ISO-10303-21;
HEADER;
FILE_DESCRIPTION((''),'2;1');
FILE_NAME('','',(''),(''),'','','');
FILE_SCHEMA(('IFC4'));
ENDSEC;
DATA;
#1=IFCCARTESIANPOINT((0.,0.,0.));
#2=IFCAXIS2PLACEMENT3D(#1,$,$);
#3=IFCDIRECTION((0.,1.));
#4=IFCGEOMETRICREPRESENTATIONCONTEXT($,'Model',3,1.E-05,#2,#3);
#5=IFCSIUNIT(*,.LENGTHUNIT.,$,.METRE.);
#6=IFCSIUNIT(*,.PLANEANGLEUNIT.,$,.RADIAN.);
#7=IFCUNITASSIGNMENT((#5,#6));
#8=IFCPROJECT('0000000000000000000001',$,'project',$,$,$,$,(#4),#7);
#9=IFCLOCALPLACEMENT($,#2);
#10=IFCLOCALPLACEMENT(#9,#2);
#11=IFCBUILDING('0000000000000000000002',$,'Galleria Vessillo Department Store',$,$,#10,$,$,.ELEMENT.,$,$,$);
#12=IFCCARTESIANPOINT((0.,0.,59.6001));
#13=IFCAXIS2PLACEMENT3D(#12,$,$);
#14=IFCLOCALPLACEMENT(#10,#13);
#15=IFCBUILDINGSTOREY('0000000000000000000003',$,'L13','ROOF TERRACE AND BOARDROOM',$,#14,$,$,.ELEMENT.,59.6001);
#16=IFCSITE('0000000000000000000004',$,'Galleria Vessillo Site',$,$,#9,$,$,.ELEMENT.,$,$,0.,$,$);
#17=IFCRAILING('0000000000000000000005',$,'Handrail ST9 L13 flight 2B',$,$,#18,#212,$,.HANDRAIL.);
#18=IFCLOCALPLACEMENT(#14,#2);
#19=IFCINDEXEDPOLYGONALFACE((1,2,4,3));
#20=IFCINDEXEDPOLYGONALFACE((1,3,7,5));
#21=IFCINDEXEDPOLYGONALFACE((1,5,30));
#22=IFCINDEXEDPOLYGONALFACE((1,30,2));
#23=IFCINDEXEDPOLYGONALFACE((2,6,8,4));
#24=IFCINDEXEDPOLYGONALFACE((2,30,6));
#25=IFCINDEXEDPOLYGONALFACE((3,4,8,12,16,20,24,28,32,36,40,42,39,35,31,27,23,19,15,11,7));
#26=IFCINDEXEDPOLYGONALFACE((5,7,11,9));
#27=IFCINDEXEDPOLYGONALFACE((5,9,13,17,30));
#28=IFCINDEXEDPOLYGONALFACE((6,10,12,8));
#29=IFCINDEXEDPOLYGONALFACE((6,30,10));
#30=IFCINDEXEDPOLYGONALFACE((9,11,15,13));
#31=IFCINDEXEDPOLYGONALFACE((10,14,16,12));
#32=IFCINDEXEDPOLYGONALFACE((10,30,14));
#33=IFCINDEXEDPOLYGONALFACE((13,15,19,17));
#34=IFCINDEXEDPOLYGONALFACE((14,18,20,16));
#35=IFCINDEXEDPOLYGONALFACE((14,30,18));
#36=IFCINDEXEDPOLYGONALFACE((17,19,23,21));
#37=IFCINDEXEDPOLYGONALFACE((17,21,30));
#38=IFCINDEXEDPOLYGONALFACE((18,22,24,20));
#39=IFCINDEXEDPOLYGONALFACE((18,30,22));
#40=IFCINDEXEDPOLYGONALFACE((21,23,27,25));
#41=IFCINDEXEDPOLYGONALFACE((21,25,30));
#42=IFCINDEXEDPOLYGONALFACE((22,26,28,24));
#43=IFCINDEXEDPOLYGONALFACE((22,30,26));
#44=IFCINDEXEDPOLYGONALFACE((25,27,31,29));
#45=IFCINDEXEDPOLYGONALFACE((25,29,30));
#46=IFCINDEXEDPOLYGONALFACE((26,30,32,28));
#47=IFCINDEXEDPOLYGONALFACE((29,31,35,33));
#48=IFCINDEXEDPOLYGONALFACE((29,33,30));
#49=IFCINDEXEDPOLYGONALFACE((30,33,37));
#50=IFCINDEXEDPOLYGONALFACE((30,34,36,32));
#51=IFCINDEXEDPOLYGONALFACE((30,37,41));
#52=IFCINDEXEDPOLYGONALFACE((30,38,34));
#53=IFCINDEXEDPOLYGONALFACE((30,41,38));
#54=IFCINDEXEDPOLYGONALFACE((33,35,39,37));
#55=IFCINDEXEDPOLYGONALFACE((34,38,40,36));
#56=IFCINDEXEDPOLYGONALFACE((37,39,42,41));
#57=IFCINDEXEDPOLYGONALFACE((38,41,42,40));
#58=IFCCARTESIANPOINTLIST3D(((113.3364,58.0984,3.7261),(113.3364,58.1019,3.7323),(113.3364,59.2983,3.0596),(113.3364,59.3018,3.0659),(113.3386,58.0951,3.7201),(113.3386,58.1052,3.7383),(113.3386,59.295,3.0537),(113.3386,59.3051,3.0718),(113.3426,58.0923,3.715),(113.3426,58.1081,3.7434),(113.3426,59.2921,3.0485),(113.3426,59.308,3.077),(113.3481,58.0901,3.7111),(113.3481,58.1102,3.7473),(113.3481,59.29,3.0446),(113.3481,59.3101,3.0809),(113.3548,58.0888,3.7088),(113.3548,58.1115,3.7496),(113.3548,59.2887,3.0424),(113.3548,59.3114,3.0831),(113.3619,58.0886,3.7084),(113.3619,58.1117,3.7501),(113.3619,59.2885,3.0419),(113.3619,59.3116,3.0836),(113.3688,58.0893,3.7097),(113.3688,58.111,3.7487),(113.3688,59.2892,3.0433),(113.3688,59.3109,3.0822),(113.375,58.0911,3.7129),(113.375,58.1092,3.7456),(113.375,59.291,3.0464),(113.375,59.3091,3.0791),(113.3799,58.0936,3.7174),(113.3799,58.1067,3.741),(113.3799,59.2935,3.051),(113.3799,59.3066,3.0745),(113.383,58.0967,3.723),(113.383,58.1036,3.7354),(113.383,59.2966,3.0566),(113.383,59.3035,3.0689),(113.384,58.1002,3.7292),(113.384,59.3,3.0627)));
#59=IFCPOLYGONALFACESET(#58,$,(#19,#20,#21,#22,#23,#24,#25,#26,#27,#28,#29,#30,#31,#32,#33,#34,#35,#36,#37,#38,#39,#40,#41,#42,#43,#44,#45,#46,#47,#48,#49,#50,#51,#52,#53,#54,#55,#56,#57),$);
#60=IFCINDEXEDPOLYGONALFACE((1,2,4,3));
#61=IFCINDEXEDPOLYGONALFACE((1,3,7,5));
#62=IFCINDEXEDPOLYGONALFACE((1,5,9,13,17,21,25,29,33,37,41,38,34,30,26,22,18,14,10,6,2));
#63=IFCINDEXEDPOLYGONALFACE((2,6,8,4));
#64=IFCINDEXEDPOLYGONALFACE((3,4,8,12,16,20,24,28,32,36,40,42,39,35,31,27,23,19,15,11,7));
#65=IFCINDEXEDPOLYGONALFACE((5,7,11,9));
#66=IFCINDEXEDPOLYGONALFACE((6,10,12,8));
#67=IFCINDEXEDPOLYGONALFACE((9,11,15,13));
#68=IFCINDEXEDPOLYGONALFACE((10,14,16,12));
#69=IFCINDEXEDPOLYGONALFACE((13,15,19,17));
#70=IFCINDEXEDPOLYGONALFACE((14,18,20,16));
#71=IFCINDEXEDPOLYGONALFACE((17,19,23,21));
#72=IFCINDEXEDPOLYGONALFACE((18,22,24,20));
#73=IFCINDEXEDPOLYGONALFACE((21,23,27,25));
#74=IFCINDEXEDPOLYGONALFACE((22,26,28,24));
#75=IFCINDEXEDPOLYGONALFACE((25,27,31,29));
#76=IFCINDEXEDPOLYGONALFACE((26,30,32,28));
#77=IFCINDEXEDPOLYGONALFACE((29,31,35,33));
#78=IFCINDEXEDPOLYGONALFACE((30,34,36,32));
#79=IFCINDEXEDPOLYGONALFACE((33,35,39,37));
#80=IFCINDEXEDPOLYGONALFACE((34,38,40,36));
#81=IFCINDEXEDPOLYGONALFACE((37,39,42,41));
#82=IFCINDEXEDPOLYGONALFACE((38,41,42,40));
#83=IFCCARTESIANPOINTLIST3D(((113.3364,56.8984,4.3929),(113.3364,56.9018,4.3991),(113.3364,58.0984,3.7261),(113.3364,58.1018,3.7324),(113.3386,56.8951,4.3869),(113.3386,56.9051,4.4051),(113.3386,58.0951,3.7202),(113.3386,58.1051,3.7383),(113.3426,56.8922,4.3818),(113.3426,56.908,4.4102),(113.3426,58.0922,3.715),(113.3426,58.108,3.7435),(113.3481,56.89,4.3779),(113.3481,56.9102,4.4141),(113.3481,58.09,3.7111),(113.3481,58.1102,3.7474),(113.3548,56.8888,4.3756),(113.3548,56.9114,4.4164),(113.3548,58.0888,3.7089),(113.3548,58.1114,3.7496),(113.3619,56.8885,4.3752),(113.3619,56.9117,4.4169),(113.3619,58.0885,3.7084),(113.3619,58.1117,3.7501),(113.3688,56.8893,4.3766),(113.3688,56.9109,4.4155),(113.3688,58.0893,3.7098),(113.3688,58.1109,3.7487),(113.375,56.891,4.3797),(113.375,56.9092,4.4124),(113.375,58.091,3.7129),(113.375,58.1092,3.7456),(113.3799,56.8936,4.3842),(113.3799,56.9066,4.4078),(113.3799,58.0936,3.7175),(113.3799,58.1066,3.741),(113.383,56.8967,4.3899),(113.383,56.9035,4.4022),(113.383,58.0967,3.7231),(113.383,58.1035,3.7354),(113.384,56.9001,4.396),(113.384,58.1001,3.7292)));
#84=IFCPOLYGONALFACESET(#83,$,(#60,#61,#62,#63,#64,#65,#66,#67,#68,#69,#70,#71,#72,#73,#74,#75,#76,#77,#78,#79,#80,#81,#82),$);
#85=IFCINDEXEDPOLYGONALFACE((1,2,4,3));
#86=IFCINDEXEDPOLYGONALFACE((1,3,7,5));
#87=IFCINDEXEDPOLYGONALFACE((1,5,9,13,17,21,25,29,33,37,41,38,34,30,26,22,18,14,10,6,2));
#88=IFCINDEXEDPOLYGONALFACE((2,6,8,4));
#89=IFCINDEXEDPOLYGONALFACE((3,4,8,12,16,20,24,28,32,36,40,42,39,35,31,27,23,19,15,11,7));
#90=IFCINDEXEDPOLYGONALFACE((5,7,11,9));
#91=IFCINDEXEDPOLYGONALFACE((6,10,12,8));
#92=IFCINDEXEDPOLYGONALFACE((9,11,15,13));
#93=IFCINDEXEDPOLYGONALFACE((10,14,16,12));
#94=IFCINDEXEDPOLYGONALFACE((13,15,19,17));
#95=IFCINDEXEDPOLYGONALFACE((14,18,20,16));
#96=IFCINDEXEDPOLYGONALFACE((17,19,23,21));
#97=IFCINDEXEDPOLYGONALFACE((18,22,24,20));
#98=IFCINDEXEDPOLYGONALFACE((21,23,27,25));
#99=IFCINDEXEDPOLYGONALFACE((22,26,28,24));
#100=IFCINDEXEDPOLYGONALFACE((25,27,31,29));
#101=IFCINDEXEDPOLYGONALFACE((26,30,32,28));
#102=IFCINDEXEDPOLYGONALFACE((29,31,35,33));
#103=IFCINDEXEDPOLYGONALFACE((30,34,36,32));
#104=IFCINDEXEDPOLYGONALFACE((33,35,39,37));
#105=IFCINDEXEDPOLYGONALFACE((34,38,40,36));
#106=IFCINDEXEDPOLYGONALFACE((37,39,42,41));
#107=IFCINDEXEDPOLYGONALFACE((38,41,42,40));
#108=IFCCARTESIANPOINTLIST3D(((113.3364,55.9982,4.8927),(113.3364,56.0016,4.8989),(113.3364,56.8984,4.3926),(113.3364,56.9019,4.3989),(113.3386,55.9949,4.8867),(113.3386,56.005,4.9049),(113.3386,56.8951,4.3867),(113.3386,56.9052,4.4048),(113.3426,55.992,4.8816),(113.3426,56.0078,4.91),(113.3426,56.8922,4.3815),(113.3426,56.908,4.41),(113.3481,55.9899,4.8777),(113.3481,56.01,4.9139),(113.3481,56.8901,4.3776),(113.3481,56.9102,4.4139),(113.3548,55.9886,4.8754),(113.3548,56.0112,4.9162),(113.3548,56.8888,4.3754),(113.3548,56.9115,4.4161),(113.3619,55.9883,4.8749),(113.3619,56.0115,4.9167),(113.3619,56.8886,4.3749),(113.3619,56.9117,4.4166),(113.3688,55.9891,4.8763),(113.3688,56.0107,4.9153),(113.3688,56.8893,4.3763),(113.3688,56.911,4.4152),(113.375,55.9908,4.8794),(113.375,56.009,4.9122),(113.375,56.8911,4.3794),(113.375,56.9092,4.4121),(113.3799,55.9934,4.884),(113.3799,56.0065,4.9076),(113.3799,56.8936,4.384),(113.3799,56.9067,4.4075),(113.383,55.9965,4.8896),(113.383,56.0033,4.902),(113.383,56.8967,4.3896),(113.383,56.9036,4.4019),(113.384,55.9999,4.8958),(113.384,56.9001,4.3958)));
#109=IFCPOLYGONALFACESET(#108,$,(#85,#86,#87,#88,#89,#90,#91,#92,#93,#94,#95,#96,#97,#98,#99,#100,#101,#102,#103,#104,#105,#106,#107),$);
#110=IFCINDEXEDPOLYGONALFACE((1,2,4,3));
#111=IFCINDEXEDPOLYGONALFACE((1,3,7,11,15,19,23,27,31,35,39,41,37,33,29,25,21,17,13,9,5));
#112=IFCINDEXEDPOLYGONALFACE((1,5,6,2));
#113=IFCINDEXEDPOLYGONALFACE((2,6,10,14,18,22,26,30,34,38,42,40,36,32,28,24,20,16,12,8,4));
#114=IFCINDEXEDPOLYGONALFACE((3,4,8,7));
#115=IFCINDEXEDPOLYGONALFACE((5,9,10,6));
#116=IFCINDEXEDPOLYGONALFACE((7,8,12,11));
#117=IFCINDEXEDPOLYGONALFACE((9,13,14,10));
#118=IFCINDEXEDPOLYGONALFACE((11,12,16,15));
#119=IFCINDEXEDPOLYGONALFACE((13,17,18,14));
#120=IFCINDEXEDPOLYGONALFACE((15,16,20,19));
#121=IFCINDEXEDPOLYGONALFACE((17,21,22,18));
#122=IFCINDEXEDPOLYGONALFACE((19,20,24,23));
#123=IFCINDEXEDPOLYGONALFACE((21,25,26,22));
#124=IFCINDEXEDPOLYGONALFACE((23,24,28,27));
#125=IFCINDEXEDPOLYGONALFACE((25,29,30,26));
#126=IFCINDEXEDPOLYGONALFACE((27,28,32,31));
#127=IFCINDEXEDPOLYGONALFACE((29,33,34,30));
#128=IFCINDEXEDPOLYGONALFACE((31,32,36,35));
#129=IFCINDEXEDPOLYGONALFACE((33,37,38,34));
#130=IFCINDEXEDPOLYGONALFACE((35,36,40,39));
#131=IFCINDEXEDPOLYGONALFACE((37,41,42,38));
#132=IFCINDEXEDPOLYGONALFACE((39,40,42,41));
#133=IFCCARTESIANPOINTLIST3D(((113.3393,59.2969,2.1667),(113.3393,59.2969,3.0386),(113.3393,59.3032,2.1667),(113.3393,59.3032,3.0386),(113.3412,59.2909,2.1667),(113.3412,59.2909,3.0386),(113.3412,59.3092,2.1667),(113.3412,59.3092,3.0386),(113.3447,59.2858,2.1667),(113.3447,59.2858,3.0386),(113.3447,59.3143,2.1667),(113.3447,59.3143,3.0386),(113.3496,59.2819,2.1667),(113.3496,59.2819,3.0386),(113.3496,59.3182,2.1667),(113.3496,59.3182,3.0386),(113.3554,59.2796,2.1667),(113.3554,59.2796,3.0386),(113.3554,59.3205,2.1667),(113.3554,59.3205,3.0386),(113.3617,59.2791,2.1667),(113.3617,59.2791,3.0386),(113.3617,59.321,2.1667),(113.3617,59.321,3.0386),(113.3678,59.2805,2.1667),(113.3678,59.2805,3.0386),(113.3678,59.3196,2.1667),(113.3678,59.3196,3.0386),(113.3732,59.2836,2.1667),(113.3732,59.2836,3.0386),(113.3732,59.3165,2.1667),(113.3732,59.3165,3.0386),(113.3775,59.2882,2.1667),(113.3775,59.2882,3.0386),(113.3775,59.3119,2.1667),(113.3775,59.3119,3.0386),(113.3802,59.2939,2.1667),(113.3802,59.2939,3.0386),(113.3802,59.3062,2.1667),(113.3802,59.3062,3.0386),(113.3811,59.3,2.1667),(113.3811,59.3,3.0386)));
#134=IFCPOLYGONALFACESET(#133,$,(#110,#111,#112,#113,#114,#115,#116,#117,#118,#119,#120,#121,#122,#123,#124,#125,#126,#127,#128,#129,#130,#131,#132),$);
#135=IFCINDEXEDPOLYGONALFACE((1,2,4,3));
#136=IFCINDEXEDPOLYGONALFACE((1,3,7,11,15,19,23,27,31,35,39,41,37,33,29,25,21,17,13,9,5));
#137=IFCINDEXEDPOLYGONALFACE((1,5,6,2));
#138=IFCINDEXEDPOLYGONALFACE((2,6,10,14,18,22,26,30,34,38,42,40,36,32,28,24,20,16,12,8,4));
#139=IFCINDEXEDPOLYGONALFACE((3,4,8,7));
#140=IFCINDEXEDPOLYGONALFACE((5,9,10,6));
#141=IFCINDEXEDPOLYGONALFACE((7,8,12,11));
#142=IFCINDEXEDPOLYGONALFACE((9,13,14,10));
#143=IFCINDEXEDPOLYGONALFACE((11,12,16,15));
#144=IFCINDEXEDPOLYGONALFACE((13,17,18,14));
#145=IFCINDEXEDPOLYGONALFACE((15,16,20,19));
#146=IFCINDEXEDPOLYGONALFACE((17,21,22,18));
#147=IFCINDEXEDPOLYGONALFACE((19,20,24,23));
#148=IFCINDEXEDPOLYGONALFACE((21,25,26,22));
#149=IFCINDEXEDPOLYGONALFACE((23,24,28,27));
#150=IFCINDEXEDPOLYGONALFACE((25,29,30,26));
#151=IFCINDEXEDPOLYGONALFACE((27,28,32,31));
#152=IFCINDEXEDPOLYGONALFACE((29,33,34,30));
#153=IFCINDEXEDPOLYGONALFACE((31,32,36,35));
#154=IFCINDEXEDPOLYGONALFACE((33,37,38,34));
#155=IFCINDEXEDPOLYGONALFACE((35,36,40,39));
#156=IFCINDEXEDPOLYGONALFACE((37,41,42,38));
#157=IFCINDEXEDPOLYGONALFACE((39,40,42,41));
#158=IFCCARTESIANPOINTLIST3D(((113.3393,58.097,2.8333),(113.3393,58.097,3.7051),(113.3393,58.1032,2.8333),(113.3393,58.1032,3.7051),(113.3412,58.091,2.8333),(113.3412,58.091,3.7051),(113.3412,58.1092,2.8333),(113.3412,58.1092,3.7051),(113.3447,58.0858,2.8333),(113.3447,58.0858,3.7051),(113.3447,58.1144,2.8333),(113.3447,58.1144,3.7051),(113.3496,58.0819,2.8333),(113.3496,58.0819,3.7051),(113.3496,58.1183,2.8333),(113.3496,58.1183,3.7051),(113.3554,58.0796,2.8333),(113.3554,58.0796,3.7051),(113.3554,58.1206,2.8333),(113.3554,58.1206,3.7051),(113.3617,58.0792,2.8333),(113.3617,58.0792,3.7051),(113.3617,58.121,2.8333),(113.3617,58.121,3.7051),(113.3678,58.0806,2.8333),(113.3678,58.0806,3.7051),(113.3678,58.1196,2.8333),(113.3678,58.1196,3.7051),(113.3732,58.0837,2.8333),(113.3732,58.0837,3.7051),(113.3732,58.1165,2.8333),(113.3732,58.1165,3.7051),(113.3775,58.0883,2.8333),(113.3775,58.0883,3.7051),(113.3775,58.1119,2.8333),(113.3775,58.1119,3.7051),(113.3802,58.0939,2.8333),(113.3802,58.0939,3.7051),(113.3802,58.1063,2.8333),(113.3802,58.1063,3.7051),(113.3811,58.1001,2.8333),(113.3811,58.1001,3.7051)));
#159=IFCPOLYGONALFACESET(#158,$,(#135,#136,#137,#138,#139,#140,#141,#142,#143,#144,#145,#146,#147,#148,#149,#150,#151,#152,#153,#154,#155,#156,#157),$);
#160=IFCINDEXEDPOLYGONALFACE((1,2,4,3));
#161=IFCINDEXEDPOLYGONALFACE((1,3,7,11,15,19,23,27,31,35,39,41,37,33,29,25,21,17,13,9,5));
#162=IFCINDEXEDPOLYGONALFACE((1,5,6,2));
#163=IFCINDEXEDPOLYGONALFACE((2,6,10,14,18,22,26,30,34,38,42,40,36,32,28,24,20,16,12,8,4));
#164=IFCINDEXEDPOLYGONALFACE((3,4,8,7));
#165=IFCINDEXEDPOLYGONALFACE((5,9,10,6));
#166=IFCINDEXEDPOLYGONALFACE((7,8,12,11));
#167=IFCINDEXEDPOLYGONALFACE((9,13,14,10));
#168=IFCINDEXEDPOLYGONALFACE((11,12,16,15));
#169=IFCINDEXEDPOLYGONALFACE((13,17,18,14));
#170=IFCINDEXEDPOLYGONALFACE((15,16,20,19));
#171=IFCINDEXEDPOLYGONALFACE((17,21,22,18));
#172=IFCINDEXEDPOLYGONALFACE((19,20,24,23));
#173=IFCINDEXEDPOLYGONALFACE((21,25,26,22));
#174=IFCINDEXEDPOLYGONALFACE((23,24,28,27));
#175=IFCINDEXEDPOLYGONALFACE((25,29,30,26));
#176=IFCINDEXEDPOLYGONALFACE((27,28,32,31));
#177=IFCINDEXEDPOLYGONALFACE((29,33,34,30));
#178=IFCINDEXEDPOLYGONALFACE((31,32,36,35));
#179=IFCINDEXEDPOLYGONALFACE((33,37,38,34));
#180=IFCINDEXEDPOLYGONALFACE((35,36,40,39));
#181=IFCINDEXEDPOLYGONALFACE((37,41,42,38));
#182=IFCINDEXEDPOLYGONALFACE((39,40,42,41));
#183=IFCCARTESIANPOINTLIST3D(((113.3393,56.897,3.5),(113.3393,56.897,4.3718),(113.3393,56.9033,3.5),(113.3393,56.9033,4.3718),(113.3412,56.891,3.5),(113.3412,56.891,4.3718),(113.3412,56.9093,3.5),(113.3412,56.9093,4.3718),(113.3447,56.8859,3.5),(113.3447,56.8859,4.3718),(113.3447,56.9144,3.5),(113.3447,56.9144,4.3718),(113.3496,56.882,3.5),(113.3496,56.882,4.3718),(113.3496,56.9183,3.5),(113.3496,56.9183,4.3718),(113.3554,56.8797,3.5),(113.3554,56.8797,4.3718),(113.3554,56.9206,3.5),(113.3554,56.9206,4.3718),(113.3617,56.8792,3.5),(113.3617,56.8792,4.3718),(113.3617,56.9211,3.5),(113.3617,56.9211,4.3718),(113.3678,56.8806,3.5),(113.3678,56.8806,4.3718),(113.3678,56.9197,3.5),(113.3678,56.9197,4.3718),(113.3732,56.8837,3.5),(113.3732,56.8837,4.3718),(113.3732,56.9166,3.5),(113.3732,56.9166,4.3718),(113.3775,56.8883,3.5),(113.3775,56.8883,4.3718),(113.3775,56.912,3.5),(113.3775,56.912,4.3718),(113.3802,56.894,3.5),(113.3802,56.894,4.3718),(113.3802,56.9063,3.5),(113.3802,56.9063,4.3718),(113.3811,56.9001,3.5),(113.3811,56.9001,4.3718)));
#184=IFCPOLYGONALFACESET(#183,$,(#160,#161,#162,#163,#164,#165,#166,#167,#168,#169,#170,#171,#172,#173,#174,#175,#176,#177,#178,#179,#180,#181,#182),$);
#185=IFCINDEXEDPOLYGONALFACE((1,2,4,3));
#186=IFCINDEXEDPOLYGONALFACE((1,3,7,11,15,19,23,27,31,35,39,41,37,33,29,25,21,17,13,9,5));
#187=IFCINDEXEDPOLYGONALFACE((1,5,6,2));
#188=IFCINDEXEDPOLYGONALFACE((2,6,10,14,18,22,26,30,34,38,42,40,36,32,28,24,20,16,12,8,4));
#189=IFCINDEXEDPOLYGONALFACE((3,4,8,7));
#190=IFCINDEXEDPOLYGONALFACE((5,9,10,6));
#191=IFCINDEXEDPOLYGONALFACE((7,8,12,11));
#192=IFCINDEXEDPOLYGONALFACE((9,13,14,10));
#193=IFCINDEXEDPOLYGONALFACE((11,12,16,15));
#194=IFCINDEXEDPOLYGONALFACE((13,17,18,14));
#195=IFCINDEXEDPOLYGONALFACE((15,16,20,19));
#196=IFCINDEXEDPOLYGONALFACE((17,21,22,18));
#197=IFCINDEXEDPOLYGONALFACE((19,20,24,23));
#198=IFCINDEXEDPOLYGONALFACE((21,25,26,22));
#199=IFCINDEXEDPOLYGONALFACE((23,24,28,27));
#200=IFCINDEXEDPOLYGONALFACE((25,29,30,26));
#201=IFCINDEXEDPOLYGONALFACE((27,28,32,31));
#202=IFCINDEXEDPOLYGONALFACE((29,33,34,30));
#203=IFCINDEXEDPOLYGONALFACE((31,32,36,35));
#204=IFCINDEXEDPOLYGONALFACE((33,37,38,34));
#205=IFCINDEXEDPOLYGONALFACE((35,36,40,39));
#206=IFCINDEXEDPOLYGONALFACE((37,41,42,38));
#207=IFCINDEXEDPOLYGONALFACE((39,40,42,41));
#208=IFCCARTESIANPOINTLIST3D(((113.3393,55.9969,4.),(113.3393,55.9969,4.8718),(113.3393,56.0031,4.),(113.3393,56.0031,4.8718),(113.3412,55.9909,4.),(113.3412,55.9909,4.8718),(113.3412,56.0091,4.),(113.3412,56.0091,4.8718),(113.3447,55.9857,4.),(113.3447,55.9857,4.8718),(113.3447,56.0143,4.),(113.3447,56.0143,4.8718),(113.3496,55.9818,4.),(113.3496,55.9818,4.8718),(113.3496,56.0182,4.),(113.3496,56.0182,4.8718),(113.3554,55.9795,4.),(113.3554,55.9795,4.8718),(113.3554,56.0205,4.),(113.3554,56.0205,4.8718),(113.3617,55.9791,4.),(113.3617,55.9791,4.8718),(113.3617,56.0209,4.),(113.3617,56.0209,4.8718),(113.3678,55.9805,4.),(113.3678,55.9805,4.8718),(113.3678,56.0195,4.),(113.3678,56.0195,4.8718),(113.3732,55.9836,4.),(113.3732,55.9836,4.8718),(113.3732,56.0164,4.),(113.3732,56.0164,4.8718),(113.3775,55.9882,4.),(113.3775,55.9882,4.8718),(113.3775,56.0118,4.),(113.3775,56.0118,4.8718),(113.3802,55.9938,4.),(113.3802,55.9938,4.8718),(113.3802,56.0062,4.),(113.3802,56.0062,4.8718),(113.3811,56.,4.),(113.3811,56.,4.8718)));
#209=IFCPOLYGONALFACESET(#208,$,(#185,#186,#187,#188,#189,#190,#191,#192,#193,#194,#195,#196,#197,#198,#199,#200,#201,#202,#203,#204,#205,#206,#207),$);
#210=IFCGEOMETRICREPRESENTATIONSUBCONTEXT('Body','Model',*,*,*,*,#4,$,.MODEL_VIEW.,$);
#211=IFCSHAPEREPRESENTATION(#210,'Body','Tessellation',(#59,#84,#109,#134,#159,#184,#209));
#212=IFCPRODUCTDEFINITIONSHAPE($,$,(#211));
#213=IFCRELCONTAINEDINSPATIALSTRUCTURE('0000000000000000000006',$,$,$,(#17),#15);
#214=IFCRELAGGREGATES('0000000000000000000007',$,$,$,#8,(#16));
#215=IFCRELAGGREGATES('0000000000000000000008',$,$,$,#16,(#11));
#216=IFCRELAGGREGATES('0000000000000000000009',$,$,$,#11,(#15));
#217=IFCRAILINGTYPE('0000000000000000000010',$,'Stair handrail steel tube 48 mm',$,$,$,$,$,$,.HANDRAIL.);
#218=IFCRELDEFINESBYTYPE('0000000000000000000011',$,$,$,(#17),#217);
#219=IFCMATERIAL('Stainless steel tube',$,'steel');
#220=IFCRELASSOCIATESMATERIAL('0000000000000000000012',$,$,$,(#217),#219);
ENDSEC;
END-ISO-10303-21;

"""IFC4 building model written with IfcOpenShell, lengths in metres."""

from ifc_helpers import new_model, si_unit, direction, frame, origin, origin_2d, place, context, subcontext, project, spatial, circle, extrude, material, type_object, element, save


model = new_model("IFC4")

# Units and contexts
model_context = context("Model", 3, precision=1e-05, world=origin(), true_north=direction((0.0, 1.0)))
body_context = subcontext(model_context, "Body", "Model", "MODEL_VIEW")
ifc_project = project(units=[si_unit("LENGTHUNIT", "METRE"), si_unit("PLANEANGLEUNIT", "RADIAN")], contexts=[model_context])

# Site, building, storey
site_placement = place(None, origin())
site = spatial("IfcSite", under=ifc_project, at=site_placement, Name="Galleria Vessillo Site", CompositionType="ELEMENT", RefElevation=0.0)
building_placement = place(site_placement, origin())
building = spatial("IfcBuilding", under=site, at=building_placement, Name="Galleria Vessillo Department Store", CompositionType="ELEMENT")
storey_placement = place(building_placement, frame((0.0, 0.0, 59.6001)))
storey = spatial("IfcBuildingStorey", under=building, at=storey_placement, Name="L13", Description="ROOF TERRACE AND BOARDROOM", CompositionType="ELEMENT", Elevation=59.6001)

# Railing
ifc_material_1 = material(Name="Stainless steel tube", Category="steel")
railing_type = type_object("IfcRailingType", Name="Stair handrail steel tube 48 mm", PredefinedType="HANDRAIL", material=ifc_material_1)
for number, where, name in (
    (1, (113.3601, 59.3, 2.1667), "Handrail ST9 L13 flight 2B"),
):
    element("IfcRailing", number, at=place(storey_placement, frame(where)), inside=storey, type_object=railing_type, Name=name, PredefinedType="HANDRAIL", context=body_context, shape_type="SweptSolid", body=[
        extrude(circle(Radius=0.0239, at=origin_2d()), frame((0.0, 0.0, 0.896), z_axis=(0.0, -0.874199, 0.485567), x_axis=(1.0, 0.0, 0.0)), (0.0, 0.0, 1.0), 1.3726),
        extrude(circle(Radius=0.0239, at=origin_2d()), frame((0.0, -1.2, 1.5625), z_axis=(0.0, -0.874124, 0.485703), x_axis=(1.0, 0.0, 0.0)), (0.0, 0.0, 1.0), 1.3728),
        extrude(circle(Radius=0.0239, at=origin_2d()), frame((0.0, -2.3999, 2.229), z_axis=(0.0, -0.874191, 0.485583), x_axis=(1.0, 0.0, 0.0)), (0.0, 0.0, 1.0), 1.0298),
        extrude(circle(Radius=0.021, at=origin_2d()), origin(), (0.0, 0.0, 1.0), 0.8718),
        extrude(circle(Radius=0.021, at=origin_2d()), frame((0.0, -1.2, 0.6665)), (0.0, 0.0, 1.0), 0.8718),
        extrude(circle(Radius=0.021, at=origin_2d()), frame((0.0, -2.3999, 1.3333)), (0.0, 0.0, 1.0), 0.8718),
        extrude(circle(Radius=0.021, at=origin_2d()), frame((0.0, -3.3, 1.8333)), (0.0, 0.0, 1.0), 0.8718),
    ])

save(model, "model.ifc")
